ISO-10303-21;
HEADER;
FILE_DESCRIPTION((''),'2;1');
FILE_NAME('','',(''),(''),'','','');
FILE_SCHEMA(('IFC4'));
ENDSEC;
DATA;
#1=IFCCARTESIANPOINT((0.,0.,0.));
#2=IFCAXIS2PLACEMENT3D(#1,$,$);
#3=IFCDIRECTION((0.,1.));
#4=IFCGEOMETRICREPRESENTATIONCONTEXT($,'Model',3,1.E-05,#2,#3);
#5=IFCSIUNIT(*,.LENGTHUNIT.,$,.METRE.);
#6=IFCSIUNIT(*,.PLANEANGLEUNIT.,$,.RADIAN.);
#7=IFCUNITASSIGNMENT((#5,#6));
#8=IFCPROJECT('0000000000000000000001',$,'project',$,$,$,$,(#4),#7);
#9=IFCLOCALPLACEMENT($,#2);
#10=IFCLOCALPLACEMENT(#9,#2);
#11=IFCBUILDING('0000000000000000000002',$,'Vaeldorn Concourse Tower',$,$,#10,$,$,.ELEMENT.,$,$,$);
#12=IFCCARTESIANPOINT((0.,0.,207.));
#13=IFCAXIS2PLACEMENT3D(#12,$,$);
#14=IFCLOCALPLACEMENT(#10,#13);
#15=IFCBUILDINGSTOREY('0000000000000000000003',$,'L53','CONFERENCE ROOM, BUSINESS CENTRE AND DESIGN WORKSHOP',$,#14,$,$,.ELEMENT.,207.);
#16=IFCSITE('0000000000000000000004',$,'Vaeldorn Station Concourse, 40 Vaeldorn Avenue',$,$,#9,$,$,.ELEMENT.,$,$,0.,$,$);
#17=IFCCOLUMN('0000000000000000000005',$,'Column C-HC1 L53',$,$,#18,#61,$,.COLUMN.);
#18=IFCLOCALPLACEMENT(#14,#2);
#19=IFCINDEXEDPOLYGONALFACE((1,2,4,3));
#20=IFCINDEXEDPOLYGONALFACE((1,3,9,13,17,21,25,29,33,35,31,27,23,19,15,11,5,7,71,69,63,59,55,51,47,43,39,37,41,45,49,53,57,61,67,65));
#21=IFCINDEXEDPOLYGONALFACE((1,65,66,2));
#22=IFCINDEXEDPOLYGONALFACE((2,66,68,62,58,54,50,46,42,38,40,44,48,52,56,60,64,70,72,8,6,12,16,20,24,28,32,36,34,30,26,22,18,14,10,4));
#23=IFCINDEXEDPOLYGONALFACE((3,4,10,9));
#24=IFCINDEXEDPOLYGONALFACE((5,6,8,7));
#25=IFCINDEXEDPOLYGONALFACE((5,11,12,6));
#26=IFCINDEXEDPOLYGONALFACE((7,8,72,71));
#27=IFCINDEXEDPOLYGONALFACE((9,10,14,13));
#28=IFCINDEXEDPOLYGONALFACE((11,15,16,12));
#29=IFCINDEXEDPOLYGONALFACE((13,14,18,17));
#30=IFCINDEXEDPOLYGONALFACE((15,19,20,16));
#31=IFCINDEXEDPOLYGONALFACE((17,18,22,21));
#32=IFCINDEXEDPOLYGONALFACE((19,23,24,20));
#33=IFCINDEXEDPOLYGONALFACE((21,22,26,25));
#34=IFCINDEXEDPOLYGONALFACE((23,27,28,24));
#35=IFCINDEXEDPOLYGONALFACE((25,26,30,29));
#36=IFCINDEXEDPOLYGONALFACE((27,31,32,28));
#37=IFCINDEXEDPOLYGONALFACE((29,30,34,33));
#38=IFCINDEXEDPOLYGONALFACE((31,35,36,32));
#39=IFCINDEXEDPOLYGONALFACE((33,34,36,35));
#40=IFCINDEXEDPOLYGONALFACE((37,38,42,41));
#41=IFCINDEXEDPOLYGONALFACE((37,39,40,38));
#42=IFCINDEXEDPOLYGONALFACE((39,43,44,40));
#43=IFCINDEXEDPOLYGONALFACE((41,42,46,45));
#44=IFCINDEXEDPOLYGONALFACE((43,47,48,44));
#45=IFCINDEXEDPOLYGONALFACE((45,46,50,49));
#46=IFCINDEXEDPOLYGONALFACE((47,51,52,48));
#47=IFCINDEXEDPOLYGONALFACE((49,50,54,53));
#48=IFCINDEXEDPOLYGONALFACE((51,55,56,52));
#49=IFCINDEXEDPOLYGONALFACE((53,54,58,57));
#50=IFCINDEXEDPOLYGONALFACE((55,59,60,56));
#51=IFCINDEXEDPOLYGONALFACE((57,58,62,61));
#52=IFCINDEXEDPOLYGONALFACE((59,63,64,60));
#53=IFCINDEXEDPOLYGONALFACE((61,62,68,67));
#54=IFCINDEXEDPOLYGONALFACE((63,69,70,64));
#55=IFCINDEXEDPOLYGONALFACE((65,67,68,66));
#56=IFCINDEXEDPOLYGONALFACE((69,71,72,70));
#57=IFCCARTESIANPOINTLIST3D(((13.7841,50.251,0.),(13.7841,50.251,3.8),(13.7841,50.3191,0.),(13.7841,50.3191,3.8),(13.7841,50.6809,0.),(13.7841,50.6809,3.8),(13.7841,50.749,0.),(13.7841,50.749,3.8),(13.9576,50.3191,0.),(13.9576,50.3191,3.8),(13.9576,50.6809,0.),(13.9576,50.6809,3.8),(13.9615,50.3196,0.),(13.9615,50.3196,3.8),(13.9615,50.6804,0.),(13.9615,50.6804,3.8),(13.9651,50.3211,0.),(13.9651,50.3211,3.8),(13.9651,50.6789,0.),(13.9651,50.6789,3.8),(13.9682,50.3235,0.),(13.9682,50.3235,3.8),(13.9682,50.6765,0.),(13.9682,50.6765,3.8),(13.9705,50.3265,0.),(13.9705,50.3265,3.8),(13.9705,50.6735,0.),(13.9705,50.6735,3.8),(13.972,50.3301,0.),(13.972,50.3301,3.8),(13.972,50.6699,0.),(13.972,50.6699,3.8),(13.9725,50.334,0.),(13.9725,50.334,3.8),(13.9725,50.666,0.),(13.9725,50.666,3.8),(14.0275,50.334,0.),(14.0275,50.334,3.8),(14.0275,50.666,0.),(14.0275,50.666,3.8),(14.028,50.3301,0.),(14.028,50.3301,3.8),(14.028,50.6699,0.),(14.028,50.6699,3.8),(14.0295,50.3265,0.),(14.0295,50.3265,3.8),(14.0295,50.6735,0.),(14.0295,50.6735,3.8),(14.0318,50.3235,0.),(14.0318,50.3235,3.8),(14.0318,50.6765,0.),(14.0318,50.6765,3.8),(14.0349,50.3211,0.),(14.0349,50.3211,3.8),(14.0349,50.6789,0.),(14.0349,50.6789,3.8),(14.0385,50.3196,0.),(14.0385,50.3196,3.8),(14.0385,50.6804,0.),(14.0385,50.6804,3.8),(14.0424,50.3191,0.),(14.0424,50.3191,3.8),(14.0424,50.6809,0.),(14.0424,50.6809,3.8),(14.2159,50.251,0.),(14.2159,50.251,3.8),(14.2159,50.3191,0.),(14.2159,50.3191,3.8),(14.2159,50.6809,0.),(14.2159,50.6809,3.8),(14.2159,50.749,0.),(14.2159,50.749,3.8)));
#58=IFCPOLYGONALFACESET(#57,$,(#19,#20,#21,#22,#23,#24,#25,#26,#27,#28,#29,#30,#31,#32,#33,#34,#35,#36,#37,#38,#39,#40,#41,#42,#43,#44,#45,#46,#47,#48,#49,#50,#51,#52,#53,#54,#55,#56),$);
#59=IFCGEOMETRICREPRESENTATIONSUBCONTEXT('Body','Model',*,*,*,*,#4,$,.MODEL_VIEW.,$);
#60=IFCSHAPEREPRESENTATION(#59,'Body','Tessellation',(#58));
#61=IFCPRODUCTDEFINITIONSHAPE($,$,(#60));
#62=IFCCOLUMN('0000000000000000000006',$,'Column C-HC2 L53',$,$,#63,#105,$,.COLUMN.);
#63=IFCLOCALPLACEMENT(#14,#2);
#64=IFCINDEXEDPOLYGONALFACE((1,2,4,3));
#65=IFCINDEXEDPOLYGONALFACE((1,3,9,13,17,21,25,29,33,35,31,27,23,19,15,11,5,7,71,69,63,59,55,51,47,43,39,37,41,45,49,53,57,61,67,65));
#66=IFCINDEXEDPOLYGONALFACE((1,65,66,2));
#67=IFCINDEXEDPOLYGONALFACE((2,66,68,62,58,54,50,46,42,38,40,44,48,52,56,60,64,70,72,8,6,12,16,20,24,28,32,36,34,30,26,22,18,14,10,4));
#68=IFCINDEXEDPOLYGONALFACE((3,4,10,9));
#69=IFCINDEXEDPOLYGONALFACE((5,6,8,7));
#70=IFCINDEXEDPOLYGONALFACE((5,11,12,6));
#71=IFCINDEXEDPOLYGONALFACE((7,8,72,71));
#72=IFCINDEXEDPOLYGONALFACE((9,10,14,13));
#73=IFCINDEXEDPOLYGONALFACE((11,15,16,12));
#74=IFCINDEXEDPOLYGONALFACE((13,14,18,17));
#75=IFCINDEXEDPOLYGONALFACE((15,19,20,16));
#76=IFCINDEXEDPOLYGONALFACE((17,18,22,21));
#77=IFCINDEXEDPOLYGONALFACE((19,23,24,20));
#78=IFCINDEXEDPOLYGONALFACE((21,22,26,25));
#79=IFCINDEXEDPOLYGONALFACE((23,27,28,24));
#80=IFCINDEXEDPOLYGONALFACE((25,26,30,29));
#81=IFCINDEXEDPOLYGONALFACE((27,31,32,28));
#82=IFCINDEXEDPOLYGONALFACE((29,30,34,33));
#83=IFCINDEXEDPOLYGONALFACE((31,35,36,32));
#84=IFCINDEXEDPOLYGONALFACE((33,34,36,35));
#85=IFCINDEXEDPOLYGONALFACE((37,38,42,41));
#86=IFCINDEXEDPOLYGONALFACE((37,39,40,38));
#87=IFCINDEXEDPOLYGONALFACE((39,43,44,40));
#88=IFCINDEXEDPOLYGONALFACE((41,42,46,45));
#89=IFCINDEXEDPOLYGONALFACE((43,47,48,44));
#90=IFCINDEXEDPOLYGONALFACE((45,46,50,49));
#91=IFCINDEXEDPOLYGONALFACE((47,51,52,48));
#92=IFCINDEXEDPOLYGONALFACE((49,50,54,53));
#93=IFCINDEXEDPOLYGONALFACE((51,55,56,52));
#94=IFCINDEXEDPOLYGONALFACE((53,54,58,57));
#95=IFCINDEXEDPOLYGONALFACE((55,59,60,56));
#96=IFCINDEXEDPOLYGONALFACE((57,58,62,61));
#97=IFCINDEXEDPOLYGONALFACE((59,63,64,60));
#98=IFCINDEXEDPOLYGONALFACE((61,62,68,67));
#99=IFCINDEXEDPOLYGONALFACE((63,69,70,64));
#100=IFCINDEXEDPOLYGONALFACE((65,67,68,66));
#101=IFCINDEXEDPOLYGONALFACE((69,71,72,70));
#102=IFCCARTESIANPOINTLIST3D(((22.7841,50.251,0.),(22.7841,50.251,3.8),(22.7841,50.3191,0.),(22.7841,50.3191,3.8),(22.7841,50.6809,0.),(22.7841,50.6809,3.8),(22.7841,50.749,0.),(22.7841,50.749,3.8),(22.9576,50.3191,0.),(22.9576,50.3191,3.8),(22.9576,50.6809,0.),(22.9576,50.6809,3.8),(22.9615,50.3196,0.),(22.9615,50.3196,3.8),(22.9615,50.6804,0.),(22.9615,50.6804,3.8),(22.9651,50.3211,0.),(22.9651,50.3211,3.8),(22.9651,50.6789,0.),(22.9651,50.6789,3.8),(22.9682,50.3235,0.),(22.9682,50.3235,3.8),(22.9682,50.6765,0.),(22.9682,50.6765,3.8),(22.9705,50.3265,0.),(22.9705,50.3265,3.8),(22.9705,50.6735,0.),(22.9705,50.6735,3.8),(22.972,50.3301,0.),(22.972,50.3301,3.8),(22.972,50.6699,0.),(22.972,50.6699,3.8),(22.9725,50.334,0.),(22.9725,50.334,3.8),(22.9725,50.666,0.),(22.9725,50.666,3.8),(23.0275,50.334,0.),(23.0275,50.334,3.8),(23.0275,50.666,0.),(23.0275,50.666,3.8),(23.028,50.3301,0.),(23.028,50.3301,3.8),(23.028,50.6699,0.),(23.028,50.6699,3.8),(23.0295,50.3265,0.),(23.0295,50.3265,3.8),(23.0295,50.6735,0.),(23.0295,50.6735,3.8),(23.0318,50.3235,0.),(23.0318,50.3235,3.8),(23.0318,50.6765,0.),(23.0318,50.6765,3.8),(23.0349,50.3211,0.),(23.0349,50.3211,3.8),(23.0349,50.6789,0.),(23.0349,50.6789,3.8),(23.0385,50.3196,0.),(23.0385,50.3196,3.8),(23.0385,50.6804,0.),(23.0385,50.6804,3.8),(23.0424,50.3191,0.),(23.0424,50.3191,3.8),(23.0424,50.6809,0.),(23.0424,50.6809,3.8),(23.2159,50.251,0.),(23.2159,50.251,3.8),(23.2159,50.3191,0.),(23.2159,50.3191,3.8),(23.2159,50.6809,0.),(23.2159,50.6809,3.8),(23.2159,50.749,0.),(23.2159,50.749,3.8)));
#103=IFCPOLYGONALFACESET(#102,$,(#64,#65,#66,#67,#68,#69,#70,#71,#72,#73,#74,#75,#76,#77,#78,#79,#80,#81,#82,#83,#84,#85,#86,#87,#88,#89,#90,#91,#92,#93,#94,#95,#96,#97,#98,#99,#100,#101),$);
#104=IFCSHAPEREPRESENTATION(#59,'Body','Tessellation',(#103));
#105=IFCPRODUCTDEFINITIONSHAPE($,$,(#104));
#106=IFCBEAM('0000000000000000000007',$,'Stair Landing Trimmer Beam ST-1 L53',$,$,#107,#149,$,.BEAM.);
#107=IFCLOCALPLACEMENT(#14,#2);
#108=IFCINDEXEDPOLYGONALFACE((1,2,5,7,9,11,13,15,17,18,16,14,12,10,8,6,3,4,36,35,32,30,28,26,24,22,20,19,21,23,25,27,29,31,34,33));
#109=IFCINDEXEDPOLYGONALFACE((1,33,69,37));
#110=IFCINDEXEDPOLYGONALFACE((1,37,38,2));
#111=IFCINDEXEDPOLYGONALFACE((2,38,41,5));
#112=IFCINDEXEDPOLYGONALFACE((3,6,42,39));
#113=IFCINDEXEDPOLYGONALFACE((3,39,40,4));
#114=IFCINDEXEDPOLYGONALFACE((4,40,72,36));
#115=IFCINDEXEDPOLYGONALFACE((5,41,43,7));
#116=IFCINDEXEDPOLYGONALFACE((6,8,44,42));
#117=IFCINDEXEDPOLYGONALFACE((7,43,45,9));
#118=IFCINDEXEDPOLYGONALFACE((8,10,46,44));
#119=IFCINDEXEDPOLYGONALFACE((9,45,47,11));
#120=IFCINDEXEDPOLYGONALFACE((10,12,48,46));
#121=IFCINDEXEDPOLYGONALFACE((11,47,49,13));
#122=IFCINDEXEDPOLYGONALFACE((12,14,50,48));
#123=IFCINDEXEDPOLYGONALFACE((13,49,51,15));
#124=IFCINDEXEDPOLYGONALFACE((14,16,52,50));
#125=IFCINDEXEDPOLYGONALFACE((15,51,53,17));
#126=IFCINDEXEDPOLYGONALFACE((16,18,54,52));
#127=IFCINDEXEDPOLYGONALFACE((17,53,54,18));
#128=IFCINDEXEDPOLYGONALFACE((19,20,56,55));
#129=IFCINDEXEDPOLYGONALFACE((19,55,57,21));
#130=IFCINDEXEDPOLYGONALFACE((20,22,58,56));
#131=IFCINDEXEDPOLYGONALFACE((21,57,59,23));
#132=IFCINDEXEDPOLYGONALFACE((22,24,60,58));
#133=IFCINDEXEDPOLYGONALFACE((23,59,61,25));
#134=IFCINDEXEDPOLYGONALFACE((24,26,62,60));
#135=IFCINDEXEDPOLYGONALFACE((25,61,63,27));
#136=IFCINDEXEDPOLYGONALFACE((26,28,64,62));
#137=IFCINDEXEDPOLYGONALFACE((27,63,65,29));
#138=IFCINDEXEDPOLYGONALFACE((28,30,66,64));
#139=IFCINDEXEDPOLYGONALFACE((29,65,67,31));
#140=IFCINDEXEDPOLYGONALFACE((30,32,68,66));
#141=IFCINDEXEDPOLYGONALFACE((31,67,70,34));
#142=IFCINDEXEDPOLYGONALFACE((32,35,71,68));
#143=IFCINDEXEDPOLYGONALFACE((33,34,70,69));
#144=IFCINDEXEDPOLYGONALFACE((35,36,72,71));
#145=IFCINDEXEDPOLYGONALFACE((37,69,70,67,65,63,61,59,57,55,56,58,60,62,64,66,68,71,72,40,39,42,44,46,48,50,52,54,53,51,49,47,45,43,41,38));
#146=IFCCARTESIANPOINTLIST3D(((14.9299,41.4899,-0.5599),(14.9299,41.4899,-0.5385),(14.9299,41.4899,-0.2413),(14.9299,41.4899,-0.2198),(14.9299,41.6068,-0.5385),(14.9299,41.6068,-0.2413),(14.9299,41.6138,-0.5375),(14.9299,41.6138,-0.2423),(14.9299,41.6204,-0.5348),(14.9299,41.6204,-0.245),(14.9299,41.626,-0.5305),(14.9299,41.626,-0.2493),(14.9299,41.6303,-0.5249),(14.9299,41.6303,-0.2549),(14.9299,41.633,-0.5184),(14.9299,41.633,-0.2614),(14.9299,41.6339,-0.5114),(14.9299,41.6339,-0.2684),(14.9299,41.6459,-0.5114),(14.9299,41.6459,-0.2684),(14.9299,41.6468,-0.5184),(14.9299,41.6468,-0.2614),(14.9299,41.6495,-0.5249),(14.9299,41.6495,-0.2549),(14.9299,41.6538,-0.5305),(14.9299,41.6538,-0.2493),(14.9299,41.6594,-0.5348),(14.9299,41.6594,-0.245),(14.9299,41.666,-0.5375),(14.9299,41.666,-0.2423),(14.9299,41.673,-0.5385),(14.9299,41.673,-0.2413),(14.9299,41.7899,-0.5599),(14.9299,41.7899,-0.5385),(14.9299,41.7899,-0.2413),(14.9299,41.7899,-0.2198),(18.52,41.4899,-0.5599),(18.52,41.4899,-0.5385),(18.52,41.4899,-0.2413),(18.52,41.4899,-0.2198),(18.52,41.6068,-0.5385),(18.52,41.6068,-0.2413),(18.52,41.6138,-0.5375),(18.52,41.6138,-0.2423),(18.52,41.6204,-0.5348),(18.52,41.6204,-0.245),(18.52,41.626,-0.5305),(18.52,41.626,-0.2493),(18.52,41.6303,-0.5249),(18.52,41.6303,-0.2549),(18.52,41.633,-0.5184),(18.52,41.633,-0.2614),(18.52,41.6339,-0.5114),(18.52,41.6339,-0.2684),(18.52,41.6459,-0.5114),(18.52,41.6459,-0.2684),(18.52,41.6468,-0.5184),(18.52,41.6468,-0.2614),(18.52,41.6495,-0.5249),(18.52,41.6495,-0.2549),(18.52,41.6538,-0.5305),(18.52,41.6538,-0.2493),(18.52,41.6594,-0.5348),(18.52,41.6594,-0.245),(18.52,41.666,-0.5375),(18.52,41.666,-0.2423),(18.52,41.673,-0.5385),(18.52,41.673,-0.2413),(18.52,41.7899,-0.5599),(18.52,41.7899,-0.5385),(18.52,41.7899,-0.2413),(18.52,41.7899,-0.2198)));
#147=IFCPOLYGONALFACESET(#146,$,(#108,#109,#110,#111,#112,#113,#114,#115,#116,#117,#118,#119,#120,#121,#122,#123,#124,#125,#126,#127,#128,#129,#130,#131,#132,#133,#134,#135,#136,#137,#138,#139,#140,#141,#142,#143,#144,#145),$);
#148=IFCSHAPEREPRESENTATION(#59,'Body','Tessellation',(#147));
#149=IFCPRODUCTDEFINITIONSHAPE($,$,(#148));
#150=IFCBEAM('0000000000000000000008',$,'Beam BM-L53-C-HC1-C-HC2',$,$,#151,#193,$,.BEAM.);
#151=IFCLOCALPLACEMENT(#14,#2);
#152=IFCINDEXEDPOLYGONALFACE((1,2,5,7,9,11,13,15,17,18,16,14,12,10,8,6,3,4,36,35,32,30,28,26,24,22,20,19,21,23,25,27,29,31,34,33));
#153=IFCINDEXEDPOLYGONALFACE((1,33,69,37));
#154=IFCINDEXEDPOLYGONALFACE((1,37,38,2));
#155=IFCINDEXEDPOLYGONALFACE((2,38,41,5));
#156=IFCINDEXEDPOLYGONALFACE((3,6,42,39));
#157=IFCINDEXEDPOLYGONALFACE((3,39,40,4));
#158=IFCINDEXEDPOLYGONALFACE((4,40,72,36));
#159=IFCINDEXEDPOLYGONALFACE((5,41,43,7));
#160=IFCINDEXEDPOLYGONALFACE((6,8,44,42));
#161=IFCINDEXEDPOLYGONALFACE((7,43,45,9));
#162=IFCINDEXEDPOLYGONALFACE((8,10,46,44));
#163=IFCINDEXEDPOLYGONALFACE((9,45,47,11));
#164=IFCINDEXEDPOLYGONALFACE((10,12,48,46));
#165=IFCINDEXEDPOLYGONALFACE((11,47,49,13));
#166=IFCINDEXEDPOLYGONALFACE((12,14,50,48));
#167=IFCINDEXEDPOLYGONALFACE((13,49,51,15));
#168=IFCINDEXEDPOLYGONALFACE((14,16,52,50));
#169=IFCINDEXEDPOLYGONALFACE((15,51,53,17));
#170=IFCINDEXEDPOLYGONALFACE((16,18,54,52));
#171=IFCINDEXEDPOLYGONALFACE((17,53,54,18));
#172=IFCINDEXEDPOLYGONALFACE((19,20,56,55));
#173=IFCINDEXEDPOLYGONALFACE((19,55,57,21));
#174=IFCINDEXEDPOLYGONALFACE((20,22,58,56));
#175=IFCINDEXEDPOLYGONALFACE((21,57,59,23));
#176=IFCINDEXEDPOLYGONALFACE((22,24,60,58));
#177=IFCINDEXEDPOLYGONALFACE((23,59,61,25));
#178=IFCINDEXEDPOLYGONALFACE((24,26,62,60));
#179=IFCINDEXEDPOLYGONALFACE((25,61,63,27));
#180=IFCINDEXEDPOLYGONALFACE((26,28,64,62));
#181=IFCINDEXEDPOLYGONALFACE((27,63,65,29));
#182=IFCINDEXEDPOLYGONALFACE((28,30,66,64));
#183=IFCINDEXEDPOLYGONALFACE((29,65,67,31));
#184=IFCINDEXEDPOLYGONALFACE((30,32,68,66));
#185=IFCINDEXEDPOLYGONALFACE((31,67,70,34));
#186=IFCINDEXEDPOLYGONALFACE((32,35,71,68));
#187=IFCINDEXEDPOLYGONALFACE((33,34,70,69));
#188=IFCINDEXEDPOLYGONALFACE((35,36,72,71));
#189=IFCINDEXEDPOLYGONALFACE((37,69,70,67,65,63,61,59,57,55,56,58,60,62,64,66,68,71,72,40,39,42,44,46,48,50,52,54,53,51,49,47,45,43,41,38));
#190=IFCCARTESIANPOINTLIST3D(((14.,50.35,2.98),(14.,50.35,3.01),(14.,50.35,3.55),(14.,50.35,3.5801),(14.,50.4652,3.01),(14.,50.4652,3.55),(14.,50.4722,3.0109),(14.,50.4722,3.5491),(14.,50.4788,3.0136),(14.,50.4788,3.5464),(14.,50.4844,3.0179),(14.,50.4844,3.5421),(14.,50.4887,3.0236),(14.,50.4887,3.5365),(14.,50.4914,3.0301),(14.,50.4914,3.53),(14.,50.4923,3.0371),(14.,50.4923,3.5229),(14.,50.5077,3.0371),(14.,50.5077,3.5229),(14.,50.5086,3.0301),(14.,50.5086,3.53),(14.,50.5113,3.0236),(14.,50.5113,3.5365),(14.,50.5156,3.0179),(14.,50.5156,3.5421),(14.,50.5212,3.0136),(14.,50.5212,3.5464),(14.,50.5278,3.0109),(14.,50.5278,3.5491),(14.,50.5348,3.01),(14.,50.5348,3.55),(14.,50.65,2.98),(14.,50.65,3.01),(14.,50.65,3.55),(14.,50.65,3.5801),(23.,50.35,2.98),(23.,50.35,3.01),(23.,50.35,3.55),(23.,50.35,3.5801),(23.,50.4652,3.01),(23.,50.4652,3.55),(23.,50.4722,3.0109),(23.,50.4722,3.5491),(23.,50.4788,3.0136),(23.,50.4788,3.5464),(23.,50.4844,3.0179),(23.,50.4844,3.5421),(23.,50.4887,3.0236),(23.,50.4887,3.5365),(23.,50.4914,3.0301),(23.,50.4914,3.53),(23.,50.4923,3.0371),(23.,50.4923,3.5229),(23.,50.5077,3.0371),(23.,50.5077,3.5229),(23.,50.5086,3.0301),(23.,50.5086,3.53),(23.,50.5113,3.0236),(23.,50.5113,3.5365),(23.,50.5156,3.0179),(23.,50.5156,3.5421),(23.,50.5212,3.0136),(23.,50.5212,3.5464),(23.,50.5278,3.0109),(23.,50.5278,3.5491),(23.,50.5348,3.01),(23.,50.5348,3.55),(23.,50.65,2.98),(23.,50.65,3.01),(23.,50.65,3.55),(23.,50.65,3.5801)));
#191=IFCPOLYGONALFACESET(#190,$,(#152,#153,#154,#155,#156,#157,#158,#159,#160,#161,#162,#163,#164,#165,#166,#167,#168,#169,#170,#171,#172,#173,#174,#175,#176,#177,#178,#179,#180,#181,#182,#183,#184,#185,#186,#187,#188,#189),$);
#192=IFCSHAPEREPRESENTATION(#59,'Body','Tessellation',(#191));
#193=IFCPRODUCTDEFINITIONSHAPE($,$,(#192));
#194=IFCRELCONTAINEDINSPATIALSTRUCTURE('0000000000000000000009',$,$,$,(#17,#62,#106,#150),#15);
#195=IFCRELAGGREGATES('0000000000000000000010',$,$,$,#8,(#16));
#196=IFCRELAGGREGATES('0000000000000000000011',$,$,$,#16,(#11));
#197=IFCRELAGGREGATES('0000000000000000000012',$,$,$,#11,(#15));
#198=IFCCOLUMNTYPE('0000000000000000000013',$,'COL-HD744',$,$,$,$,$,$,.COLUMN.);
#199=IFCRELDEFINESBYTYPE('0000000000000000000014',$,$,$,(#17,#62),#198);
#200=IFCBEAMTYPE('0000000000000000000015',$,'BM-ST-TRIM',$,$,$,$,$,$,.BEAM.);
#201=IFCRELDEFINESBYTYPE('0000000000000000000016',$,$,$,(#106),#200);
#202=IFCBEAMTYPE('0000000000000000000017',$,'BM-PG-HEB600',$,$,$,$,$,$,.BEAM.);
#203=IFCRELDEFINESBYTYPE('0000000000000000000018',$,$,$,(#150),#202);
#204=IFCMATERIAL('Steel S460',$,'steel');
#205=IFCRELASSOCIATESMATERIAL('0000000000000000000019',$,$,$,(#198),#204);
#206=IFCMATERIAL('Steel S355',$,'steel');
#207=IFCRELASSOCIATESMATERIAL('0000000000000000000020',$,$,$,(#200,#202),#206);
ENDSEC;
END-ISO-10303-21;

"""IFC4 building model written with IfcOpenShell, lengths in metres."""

from ifc_helpers import new_model, si_unit, direction, frame, origin, origin_2d, place, context, subcontext, project, spatial, i_section, extrude, source, transform, mapped, material, material_profile, profile_set, type_object, element, save


model = new_model("IFC4")

# Units and contexts
model_context = context("Model", 3, precision=1e-05, world=origin(), true_north=direction((0.0, 1.0)))
body_context = subcontext(model_context, "Body", "Model", "MODEL_VIEW")
ifc_project = project(units=[si_unit("LENGTHUNIT", "METRE"), si_unit("PLANEANGLEUNIT", "RADIAN")], contexts=[model_context])

# Site, building, storey
site_placement = place(None, origin())
site = spatial("IfcSite", under=ifc_project, at=site_placement, Name="Vaeldorn Station Concourse, 40 Vaeldorn Avenue", CompositionType="ELEMENT", RefElevation=0.0)
building_placement = place(site_placement, origin())
building = spatial("IfcBuilding", under=site, at=building_placement, Name="Vaeldorn Concourse Tower", CompositionType="ELEMENT")
storey_placement = place(building_placement, frame((0.0, 0.0, 207.0)))
storey = spatial("IfcBuildingStorey", under=building, at=storey_placement, Name="L53", Description="CONFERENCE ROOM, BUSINESS CENTRE AND DESIGN WORKSHOP", CompositionType="ELEMENT", Elevation=207.0)

# Columns
ifc_material_1 = material(Name="Steel S460", Category="steel")
ifc_material_profile_1 = material_profile(ifc_material_1, i_section(OverallWidth=0.4319, OverallDepth=0.498, WebThickness=0.0549, FlangeThickness=0.0681, FilletRadius=0.0149, at=origin_2d()), Name="HD 400x744")
ifc_profile_set_1 = profile_set([ifc_material_profile_1], Name="Steel S460")
column_type = type_object("IfcColumnType", Name="COL-HD744", PredefinedType="COLUMN", material=ifc_profile_set_1)
shared_shape_1 = source(origin(), body_context, "Body", "SweptSolid", [
    extrude(i_section(OverallWidth=0.4319, OverallDepth=0.498, WebThickness=0.0549, FlangeThickness=0.0681, FilletRadius=0.0149, at=origin_2d()), origin(), (0.0, 0.0, 1.0), 3.8),
])
for number, where, z_axis, x_axis, name in (
    (1, (14.0, 50.5, 0.0), (0.0, 0.0, 1.0), (1.0, 0.0, 0.0), "Column C-HC1 L53"),
    (2, (23.0, 50.5, 0.0), (0.0, 0.0, 1.0), (1.0, 0.0, 0.0), "Column C-HC2 L53"),
):
    element("IfcColumn", number, at=place(storey_placement, frame(where, z_axis=z_axis, x_axis=x_axis)), inside=storey, type_object=column_type, Name=name, PredefinedType="COLUMN", context=body_context, shape_type="MappedRepresentation", body=[
        mapped(shared_shape_1, transform((0.0, 0.0, 0.0), scale=1.0)),
    ])

# Beams
ifc_material_2 = material(Name="Steel S355", Category="steel")
ifc_material_profile_2 = material_profile(ifc_material_2, i_section(OverallWidth=0.3, OverallDepth=0.3401, WebThickness=0.012, FlangeThickness=0.0215, FilletRadius=0.0271, at=origin_2d()), Name="HEB 340")
ifc_profile_set_2 = profile_set([ifc_material_profile_2], Name="Steel S355")
beam_type_1 = type_object("IfcBeamType", Name="BM-ST-TRIM", PredefinedType="BEAM", material=ifc_profile_set_2)
shared_shape_2 = source(origin(), body_context, "Body", "SweptSolid", [
    extrude(i_section(OverallWidth=0.3, OverallDepth=0.3401, WebThickness=0.012, FlangeThickness=0.0215, FilletRadius=0.0271, at=origin_2d()), origin(), (0.0, 0.0, 1.0), 3.5901),
])
beam_1_placement = place(storey_placement, frame((14.9299, 41.6399, -0.3899), z_axis=(1.0, 0.0, 0.0), x_axis=(0.0, 1.0, 0.0)))
element("IfcBeam", 3, at=beam_1_placement, inside=storey, type_object=beam_type_1, Name="Stair Landing Trimmer Beam ST-1 L53", PredefinedType="BEAM", context=body_context, shape_type="MappedRepresentation", body=[
    mapped(shared_shape_2, transform((0.0, 0.0, 0.0), scale=1.0)),
])
ifc_material_profile_3 = material_profile(ifc_material_2, i_section(OverallWidth=0.3, OverallDepth=0.6001, WebThickness=0.0154, FlangeThickness=0.03, FilletRadius=0.0271, at=origin_2d()), Name="HEB 600")
ifc_profile_set_3 = profile_set([ifc_material_profile_3], Name="Steel S355")
beam_type_2 = type_object("IfcBeamType", Name="BM-PG-HEB600", PredefinedType="BEAM", material=ifc_profile_set_3)
shared_shape_3 = source(origin(), body_context, "Body", "SweptSolid", [
    extrude(i_section(OverallWidth=0.3, OverallDepth=0.6001, WebThickness=0.0154, FlangeThickness=0.03, FilletRadius=0.0271, at=origin_2d()), origin(), (0.0, 0.0, 1.0), 9.0),
])
beam_2_placement = place(storey_placement, frame((14.0, 50.5, 3.28), z_axis=(1.0, 0.0, 0.0), x_axis=(0.0, 1.0, 0.0)))
element("IfcBeam", 4, at=beam_2_placement, inside=storey, type_object=beam_type_2, Name="Beam BM-L53-C-HC1-C-HC2", PredefinedType="BEAM", context=body_context, shape_type="MappedRepresentation", body=[
    mapped(shared_shape_3, transform((0.0, 0.0, 0.0), scale=1.0)),
])

save(model, "model.ifc")
